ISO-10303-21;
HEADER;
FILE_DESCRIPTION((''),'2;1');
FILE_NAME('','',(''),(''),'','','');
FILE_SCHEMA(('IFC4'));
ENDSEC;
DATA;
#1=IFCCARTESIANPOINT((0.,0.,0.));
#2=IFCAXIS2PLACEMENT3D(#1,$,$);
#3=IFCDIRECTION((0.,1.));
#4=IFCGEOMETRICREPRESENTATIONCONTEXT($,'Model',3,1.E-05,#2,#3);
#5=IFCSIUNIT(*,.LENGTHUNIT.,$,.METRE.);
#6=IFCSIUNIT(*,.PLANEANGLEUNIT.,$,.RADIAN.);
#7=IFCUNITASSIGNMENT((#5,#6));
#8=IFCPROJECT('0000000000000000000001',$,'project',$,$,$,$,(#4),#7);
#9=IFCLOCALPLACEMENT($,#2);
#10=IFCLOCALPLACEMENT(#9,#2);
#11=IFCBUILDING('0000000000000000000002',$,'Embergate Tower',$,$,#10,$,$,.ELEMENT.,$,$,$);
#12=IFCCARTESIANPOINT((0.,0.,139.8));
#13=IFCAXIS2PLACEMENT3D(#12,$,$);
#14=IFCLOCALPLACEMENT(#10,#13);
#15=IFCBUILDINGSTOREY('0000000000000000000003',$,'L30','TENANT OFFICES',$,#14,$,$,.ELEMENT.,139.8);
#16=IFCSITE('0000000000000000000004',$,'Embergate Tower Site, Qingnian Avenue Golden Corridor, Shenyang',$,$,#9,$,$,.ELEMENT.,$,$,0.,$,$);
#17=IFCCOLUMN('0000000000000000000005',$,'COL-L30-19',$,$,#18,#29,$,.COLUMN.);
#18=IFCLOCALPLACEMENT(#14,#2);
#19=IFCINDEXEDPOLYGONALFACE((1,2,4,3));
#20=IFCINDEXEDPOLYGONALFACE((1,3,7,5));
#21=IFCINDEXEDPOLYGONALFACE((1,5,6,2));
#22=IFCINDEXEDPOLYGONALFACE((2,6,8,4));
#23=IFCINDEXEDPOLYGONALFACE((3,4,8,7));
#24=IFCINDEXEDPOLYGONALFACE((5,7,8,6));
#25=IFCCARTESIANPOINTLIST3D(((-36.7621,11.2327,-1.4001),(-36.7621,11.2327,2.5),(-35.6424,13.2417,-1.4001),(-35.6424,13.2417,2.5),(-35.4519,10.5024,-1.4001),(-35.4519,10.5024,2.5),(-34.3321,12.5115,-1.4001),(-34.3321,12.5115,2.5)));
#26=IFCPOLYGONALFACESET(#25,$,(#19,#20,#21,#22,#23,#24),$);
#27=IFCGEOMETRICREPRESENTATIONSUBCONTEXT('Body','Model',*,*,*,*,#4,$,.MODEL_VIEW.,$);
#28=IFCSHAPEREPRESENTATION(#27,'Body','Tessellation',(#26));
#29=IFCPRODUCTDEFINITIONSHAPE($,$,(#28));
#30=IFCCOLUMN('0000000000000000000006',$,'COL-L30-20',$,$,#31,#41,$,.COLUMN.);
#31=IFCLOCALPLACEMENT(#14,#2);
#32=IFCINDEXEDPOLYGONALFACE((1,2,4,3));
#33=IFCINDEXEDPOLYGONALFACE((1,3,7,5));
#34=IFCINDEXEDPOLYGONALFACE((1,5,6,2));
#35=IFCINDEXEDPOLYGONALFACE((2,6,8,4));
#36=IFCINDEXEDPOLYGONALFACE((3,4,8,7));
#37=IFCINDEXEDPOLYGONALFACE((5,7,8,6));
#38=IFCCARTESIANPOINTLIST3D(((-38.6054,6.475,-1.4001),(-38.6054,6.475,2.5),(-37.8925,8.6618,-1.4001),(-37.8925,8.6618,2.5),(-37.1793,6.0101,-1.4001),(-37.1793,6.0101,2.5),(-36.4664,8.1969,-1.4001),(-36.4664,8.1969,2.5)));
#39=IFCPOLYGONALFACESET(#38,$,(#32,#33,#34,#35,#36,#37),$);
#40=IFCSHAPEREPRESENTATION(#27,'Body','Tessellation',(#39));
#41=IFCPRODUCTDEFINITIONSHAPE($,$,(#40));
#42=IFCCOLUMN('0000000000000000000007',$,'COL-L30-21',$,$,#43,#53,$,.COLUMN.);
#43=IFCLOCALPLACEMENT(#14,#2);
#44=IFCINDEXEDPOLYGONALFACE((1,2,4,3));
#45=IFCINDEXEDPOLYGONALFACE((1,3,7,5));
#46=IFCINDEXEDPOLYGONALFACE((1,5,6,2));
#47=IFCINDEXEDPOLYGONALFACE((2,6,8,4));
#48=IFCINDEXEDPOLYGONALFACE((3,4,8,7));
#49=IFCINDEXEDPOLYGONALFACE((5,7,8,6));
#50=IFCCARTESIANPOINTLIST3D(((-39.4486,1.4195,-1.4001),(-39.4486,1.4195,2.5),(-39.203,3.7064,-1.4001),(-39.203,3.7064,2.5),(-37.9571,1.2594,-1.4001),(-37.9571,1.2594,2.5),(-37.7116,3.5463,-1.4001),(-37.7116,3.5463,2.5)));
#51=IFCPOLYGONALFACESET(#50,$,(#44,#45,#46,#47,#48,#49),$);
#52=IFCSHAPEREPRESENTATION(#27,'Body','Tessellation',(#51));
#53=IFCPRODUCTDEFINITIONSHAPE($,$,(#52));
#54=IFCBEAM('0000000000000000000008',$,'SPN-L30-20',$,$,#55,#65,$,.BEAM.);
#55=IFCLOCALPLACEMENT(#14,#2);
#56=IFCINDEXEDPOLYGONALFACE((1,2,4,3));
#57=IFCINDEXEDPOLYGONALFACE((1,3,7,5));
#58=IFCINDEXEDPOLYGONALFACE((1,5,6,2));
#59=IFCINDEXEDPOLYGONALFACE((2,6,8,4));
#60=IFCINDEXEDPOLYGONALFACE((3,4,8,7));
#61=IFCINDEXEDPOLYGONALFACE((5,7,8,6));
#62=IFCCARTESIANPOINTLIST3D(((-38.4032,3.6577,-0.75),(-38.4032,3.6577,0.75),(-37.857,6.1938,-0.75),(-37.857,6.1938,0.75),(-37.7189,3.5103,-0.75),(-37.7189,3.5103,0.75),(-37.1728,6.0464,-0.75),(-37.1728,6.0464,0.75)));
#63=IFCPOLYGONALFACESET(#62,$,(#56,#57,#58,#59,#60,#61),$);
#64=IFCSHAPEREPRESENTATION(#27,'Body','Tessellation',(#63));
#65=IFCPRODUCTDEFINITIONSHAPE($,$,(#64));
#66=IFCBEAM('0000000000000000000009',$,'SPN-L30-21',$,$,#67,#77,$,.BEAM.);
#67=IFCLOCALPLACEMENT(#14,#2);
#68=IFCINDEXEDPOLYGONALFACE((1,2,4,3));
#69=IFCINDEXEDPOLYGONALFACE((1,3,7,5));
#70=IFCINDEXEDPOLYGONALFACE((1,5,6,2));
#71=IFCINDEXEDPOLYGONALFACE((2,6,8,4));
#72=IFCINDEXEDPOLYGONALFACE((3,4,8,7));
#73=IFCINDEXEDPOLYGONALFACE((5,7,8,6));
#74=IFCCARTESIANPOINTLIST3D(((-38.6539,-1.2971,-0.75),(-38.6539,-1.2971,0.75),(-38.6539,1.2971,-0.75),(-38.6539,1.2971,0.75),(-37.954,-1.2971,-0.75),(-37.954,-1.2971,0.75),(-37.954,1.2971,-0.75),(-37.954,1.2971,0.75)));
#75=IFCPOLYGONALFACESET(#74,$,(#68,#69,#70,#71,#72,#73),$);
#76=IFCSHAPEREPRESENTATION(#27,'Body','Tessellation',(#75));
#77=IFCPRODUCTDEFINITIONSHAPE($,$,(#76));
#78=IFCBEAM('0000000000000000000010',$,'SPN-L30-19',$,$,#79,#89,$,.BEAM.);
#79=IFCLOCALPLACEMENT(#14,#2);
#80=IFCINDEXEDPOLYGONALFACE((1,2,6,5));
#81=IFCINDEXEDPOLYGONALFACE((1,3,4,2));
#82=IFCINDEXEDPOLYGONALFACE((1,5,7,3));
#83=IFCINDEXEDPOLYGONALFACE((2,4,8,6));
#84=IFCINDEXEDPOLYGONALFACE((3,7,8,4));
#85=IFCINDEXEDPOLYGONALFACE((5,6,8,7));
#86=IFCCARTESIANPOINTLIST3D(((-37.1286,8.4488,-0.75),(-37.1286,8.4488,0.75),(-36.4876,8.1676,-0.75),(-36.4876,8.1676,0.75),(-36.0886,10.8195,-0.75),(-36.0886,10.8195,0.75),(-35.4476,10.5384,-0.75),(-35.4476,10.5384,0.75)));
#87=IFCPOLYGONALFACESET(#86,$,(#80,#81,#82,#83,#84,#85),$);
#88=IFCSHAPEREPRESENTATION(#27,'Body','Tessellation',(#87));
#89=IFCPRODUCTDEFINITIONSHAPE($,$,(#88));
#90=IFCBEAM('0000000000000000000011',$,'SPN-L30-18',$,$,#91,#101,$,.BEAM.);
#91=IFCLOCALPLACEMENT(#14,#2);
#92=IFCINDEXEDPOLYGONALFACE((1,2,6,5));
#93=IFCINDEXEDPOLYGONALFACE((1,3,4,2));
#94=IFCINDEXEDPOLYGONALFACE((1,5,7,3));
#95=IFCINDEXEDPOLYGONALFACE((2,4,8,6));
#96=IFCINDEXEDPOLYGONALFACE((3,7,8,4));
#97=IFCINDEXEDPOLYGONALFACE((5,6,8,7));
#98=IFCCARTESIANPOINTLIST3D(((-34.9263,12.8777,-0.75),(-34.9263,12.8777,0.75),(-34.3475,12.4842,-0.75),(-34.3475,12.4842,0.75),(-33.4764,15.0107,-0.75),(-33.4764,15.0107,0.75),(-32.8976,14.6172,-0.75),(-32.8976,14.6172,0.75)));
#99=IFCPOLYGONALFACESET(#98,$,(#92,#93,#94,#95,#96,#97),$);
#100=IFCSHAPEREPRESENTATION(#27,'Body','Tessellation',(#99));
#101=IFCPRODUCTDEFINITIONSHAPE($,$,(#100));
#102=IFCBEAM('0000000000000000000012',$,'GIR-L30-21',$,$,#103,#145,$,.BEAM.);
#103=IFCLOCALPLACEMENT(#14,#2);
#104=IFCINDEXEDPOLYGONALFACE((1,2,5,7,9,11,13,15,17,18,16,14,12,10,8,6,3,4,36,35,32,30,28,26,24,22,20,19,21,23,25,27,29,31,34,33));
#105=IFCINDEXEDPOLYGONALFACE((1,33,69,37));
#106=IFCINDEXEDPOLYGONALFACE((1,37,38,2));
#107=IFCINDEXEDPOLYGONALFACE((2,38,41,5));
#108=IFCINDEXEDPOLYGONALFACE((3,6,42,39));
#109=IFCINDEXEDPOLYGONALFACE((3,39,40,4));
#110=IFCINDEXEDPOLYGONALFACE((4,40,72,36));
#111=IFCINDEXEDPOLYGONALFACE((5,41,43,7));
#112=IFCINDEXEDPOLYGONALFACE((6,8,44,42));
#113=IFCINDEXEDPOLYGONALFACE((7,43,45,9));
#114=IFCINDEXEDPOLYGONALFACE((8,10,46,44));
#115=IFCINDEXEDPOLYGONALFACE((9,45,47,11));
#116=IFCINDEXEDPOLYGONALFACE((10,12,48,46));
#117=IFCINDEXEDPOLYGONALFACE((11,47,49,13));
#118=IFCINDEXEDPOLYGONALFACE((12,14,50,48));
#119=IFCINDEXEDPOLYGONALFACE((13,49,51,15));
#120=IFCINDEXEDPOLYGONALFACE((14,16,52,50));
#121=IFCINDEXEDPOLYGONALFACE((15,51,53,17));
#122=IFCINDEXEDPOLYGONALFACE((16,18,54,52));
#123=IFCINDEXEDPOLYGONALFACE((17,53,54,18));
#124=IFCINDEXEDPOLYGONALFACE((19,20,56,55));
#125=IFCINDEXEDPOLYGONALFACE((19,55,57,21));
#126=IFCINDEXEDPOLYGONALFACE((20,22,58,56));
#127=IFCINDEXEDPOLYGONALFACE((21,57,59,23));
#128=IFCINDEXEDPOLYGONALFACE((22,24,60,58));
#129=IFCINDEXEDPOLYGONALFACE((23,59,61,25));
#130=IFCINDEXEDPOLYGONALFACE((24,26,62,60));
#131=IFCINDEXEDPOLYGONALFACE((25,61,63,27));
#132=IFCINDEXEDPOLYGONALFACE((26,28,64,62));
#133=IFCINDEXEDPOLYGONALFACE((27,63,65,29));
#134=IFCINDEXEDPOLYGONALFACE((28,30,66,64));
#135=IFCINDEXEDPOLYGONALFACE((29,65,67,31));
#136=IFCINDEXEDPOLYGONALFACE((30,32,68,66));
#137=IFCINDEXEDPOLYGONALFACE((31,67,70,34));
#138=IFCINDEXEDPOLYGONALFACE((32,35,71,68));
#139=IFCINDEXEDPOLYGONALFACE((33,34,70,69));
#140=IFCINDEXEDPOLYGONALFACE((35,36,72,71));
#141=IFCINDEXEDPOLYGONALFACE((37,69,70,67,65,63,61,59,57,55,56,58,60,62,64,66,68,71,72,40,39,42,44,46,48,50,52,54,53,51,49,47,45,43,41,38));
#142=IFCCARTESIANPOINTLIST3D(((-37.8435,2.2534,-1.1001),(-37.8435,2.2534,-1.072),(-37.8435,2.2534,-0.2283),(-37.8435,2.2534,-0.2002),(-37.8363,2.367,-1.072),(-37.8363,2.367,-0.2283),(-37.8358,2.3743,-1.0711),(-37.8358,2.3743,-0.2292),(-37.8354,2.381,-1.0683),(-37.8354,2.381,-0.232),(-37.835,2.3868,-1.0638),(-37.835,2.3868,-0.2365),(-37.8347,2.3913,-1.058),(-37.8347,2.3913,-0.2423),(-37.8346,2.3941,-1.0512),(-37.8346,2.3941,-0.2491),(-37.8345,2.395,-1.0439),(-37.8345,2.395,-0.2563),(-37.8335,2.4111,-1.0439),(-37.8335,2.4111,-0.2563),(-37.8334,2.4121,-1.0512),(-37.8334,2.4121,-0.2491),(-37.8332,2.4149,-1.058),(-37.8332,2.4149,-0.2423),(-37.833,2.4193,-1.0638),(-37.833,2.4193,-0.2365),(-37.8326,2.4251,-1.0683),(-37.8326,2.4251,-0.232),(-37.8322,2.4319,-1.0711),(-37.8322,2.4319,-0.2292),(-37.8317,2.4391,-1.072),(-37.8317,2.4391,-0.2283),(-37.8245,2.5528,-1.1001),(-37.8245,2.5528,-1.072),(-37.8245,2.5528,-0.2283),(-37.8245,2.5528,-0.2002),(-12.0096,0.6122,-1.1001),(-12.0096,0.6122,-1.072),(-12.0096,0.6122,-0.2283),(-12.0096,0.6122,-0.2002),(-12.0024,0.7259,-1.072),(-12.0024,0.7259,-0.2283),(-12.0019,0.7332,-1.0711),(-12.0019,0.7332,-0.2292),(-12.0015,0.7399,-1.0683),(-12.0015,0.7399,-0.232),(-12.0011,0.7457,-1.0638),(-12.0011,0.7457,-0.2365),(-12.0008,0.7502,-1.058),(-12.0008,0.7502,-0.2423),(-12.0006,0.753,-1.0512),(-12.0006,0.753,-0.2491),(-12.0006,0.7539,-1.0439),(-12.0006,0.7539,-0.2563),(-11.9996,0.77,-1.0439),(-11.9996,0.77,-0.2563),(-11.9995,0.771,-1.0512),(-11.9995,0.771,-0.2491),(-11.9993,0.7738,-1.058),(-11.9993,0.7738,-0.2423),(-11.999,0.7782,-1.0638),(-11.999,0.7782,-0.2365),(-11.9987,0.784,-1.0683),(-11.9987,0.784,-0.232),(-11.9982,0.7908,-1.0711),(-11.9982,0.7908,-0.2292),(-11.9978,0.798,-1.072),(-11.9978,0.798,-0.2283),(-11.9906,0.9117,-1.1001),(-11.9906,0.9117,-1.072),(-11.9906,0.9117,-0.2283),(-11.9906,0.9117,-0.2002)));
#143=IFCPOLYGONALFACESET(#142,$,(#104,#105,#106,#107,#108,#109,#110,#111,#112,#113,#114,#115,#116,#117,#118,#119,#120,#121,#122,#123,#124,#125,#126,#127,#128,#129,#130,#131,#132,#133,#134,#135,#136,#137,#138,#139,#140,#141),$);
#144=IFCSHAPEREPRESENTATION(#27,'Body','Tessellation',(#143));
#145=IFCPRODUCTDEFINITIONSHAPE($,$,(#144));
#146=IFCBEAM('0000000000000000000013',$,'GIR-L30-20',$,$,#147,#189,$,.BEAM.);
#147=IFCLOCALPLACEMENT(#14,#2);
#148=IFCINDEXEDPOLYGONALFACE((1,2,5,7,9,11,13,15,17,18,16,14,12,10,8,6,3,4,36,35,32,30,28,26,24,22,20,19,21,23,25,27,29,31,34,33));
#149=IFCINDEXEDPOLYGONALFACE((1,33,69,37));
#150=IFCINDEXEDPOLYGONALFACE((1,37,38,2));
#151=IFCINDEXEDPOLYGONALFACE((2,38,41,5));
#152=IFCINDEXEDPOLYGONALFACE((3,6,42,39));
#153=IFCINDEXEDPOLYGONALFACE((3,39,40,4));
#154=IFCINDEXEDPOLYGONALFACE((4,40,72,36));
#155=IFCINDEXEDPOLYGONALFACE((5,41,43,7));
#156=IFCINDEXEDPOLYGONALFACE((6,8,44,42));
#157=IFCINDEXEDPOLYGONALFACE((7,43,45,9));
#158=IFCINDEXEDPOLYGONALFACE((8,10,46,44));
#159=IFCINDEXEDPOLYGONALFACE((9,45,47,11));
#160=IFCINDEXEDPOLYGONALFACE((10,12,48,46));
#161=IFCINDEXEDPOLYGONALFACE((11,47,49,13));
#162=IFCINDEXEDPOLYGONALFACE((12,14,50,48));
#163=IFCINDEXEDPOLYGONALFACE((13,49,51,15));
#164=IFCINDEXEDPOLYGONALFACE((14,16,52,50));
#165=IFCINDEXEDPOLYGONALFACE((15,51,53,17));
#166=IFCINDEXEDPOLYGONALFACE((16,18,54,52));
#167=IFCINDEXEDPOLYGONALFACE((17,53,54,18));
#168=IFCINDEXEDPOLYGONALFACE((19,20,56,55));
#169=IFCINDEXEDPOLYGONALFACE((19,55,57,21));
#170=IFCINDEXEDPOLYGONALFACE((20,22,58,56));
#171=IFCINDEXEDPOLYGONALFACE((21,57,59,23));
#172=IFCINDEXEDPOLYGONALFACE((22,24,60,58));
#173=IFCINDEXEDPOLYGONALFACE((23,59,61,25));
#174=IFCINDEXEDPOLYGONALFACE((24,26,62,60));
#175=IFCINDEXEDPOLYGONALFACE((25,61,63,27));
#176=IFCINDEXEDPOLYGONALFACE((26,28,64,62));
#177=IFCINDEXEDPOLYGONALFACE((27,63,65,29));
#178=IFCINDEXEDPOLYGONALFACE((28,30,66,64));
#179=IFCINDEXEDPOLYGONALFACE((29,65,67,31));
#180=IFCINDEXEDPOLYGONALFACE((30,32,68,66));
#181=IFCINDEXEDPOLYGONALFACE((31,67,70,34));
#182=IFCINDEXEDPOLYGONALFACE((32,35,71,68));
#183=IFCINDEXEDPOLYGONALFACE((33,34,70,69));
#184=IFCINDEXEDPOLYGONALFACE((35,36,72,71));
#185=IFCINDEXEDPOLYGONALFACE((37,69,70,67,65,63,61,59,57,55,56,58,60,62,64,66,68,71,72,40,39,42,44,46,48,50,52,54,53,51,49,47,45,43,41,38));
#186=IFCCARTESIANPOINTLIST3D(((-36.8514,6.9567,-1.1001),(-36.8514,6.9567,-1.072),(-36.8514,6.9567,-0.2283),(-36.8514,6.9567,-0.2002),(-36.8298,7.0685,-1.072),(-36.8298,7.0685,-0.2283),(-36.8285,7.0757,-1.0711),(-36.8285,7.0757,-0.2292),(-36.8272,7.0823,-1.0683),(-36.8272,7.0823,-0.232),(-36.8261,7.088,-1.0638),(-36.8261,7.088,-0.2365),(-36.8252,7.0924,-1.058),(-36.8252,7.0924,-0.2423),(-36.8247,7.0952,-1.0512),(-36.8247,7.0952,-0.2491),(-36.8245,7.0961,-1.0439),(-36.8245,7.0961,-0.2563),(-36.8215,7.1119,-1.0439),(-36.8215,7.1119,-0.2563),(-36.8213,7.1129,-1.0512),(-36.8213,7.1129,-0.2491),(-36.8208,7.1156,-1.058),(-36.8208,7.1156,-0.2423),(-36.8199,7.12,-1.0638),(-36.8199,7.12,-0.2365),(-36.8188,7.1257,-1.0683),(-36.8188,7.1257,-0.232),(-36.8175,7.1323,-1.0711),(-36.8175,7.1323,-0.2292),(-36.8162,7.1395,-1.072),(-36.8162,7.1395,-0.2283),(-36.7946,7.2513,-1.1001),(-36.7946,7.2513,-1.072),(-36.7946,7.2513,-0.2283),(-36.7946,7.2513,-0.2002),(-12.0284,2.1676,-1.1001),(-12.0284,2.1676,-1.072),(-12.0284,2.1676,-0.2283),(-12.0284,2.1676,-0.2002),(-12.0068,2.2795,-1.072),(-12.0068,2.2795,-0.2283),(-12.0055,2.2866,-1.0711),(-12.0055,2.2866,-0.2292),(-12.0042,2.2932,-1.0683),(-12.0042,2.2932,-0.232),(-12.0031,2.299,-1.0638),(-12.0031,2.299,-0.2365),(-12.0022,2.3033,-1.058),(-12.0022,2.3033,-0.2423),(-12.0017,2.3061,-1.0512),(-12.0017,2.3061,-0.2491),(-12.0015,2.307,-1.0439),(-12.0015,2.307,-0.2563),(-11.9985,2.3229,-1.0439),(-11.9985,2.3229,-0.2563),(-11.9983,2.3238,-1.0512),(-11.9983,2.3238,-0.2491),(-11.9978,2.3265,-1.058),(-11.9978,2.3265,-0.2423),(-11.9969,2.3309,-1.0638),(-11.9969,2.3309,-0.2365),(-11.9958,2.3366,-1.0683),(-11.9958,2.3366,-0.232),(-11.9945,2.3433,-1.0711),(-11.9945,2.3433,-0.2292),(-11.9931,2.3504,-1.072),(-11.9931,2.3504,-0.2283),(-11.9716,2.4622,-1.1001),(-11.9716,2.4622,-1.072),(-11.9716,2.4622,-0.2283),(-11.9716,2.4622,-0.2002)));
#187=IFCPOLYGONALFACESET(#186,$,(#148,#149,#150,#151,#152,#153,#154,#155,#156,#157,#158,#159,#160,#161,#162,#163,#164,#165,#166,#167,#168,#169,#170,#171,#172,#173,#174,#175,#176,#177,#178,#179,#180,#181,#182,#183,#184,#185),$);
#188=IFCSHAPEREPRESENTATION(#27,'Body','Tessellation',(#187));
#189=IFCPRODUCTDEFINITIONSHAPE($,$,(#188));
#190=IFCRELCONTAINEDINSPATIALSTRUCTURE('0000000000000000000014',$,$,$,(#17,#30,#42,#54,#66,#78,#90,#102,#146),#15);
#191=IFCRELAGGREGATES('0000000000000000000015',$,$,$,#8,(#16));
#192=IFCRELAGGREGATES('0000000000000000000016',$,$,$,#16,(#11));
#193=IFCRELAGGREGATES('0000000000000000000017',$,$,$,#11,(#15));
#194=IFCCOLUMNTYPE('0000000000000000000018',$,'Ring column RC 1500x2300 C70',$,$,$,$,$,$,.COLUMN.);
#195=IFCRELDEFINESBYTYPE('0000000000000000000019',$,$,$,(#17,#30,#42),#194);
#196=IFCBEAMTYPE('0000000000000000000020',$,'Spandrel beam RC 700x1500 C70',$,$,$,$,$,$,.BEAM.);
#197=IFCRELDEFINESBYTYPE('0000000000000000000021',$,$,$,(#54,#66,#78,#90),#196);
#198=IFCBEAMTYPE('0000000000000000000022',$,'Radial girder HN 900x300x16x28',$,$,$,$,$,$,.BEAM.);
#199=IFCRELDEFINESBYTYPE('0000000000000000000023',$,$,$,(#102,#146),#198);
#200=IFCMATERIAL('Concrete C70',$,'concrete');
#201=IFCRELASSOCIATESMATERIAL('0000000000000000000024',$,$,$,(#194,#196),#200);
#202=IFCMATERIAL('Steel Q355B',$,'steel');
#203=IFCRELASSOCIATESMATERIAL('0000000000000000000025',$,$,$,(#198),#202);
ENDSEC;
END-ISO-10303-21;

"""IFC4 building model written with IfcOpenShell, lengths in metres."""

from ifc_helpers import new_model, si_unit, direction, frame, origin, origin_2d, place, context, subcontext, project, spatial, rectangle, i_section, extrude, source, transform, mapped, material, material_profile, profile_set, type_object, element, save


model = new_model("IFC4")

# Units and contexts
model_context = context("Model", 3, precision=1e-05, world=origin(), true_north=direction((0.0, 1.0)))
body_context = subcontext(model_context, "Body", "Model", "MODEL_VIEW")
ifc_project = project(units=[si_unit("LENGTHUNIT", "METRE"), si_unit("PLANEANGLEUNIT", "RADIAN")], contexts=[model_context])

# Site, building, storey
site_placement = place(None, origin())
site = spatial("IfcSite", under=ifc_project, at=site_placement, Name="Embergate Tower Site, Qingnian Avenue Golden Corridor, Shenyang", CompositionType="ELEMENT", RefElevation=0.0)
building_placement = place(site_placement, origin())
building = spatial("IfcBuilding", under=site, at=building_placement, Name="Embergate Tower", CompositionType="ELEMENT")
storey_placement = place(building_placement, frame((0.0, 0.0, 139.8)))
storey = spatial("IfcBuildingStorey", under=building, at=storey_placement, Name="L30", Description="TENANT OFFICES", CompositionType="ELEMENT", Elevation=139.8)

# Columns
ifc_material_1 = material(Name="Concrete C70", Category="concrete")
ifc_material_profile_1 = material_profile(ifc_material_1, rectangle(XDim=1.5, YDim=2.3, at=origin_2d()), Name="RC 1500x2300")
ifc_profile_set_1 = profile_set([ifc_material_profile_1], Name="Concrete C70")
column_type = type_object("IfcColumnType", Name="Ring column RC 1500x2300 C70", PredefinedType="COLUMN", material=ifc_profile_set_1)
shared_shape_1 = source(origin(), body_context, "Body", "SweptSolid", [
    extrude(rectangle(XDim=1.5, YDim=2.3, at=origin_2d()), origin(), (0.0, 0.0, 1.0), 3.9001),
])
for number, where, z_axis, x_axis, name in (
    (1, (-35.5471, 11.8721, -1.4001), (0.0, 0.0, 1.0), (-0.873492, 0.486839, 0.0), "COL-L30-19"),
    (2, (-37.5359, 7.3359, -1.4001), (0.0, 0.0, 1.0), (-0.950754, 0.309946, 0.0), "COL-L30-20"),
    (3, (-38.5801, 2.4829, -1.4001), (0.0, 0.0, 1.0), (-0.994286, 0.10675, 0.0), "COL-L30-21"),
):
    element("IfcColumn", number, at=place(storey_placement, frame(where, z_axis=z_axis, x_axis=x_axis)), inside=storey, type_object=column_type, Name=name, PredefinedType="COLUMN", context=body_context, shape_type="MappedRepresentation", body=[
        mapped(shared_shape_1, transform((0.0, 0.0, 0.0))),
    ])

# Beams
ifc_material_profile_2 = material_profile(ifc_material_1, rectangle(XDim=0.7, YDim=1.5, at=origin_2d()), Name="RC 700x1500")
ifc_profile_set_2 = profile_set([ifc_material_profile_2], Name="Concrete C70")
beam_type_1 = type_object("IfcBeamType", Name="Spandrel beam RC 700x1500 C70", PredefinedType="BEAM", material=ifc_profile_set_2)
shared_shape_2 = source(origin(), body_context, "Body", "SweptSolid", [
    extrude(rectangle(XDim=0.7, YDim=1.5, at=origin_2d()), origin(), (0.0, 0.0, 1.0), 2.5942),
])
for number, where, z_axis, x_axis, name in (
    (4, (-37.5149, 6.1201, 0.0), (-0.210519, -0.97759, 0.0), (0.97759, -0.210519, 0.0), "SPN-L30-20"),
    (5, (-38.304, 1.2971, 0.0), (0.0, -1.0, 0.0), (1.0, 0.0, 0.0), "SPN-L30-21"),
):
    element("IfcBeam", number, at=place(storey_placement, frame(where, z_axis=z_axis, x_axis=x_axis)), inside=storey, type_object=beam_type_1, Name=name, PredefinedType="BEAM", context=body_context, shape_type="MappedRepresentation", body=[
        mapped(shared_shape_2, transform((0.0, 0.0, 0.0))),
    ])
shared_shape_3 = source(origin(), body_context, "Body", "SweptSolid", [
    extrude(rectangle(XDim=0.7, YDim=1.5, at=origin_2d()), origin(), (0.0, 0.0, 1.0), 2.5889),
])
beam_1_placement = place(storey_placement, frame((-35.7681, 10.679, 0.0), z_axis=(-0.401724, -0.915761, 0.0), x_axis=(0.915761, -0.401724, 0.0)))
element("IfcBeam", 6, at=beam_1_placement, inside=storey, type_object=beam_type_1, Name="SPN-L30-19", PredefinedType="BEAM", context=body_context, shape_type="MappedRepresentation", body=[
    mapped(shared_shape_3, transform((0.0, 0.0, 0.0))),
])
shared_shape_4 = source(origin(), body_context, "Body", "SweptSolid", [
    extrude(rectangle(XDim=0.7, YDim=1.5, at=origin_2d()), origin(), (0.0, 0.0, 1.0), 2.5791),
])
beam_2_placement = place(storey_placement, frame((-33.187, 14.814, 0.0), z_axis=(-0.56217, -0.827022, 0.0), x_axis=(0.827022, -0.56217, 0.0)))
element("IfcBeam", 7, at=beam_2_placement, inside=storey, type_object=beam_type_1, Name="SPN-L30-18", PredefinedType="BEAM", context=body_context, shape_type="MappedRepresentation", body=[
    mapped(shared_shape_4, transform((0.0, 0.0, 0.0))),
])
ifc_material_2 = material(Name="Steel Q355B", Category="steel")
ifc_material_profile_3 = material_profile(ifc_material_2, i_section(OverallWidth=0.3, OverallDepth=0.8999, WebThickness=0.0161, FlangeThickness=0.0281, FilletRadius=0.0281, at=origin_2d()), Name="HN 900x300x16x28")
ifc_profile_set_3 = profile_set([ifc_material_profile_3], Name="Steel Q355 grade B")
beam_type_2 = type_object("IfcBeamType", Name="Radial girder HN 900x300x16x28", PredefinedType="BEAM", material=ifc_profile_set_3)
shared_shape_5 = source(origin(), body_context, "Body", "SweptSolid", [
    extrude(i_section(OverallWidth=0.3, OverallDepth=0.8999, WebThickness=0.0161, FlangeThickness=0.0281, FilletRadius=0.0281, at=origin_2d()), origin(), (0.0, 0.0, 1.0), 25.886),
])
beam_3_placement = place(storey_placement, frame((-37.834, 2.4031, -0.6501), z_axis=(0.997988, -0.063398, 0.0), x_axis=(0.063398, 0.997988, 0.0)))
element("IfcBeam", 8, at=beam_3_placement, inside=storey, type_object=beam_type_2, Name="GIR-L30-21", PredefinedType="BEAM", context=body_context, shape_type="MappedRepresentation", body=[
    mapped(shared_shape_5, transform((0.0, 0.0, 0.0))),
])
shared_shape_6 = source(origin(), body_context, "Body", "SweptSolid", [
    extrude(i_section(OverallWidth=0.3, OverallDepth=0.8999, WebThickness=0.0161, FlangeThickness=0.0281, FilletRadius=0.0281, at=origin_2d()), origin(), (0.0, 0.0, 1.0), 25.2808),
])
beam_4_placement = place(storey_placement, frame((-36.823, 7.104, -0.6501), z_axis=(0.981893, -0.189435, 0.0), x_axis=(0.189435, 0.981893, 0.0)))
element("IfcBeam", 9, at=beam_4_placement, inside=storey, type_object=beam_type_2, Name="GIR-L30-20", PredefinedType="BEAM", context=body_context, shape_type="MappedRepresentation", body=[
    mapped(shared_shape_6, transform((0.0, 0.0, 0.0))),
])

save(model, "model.ifc")
